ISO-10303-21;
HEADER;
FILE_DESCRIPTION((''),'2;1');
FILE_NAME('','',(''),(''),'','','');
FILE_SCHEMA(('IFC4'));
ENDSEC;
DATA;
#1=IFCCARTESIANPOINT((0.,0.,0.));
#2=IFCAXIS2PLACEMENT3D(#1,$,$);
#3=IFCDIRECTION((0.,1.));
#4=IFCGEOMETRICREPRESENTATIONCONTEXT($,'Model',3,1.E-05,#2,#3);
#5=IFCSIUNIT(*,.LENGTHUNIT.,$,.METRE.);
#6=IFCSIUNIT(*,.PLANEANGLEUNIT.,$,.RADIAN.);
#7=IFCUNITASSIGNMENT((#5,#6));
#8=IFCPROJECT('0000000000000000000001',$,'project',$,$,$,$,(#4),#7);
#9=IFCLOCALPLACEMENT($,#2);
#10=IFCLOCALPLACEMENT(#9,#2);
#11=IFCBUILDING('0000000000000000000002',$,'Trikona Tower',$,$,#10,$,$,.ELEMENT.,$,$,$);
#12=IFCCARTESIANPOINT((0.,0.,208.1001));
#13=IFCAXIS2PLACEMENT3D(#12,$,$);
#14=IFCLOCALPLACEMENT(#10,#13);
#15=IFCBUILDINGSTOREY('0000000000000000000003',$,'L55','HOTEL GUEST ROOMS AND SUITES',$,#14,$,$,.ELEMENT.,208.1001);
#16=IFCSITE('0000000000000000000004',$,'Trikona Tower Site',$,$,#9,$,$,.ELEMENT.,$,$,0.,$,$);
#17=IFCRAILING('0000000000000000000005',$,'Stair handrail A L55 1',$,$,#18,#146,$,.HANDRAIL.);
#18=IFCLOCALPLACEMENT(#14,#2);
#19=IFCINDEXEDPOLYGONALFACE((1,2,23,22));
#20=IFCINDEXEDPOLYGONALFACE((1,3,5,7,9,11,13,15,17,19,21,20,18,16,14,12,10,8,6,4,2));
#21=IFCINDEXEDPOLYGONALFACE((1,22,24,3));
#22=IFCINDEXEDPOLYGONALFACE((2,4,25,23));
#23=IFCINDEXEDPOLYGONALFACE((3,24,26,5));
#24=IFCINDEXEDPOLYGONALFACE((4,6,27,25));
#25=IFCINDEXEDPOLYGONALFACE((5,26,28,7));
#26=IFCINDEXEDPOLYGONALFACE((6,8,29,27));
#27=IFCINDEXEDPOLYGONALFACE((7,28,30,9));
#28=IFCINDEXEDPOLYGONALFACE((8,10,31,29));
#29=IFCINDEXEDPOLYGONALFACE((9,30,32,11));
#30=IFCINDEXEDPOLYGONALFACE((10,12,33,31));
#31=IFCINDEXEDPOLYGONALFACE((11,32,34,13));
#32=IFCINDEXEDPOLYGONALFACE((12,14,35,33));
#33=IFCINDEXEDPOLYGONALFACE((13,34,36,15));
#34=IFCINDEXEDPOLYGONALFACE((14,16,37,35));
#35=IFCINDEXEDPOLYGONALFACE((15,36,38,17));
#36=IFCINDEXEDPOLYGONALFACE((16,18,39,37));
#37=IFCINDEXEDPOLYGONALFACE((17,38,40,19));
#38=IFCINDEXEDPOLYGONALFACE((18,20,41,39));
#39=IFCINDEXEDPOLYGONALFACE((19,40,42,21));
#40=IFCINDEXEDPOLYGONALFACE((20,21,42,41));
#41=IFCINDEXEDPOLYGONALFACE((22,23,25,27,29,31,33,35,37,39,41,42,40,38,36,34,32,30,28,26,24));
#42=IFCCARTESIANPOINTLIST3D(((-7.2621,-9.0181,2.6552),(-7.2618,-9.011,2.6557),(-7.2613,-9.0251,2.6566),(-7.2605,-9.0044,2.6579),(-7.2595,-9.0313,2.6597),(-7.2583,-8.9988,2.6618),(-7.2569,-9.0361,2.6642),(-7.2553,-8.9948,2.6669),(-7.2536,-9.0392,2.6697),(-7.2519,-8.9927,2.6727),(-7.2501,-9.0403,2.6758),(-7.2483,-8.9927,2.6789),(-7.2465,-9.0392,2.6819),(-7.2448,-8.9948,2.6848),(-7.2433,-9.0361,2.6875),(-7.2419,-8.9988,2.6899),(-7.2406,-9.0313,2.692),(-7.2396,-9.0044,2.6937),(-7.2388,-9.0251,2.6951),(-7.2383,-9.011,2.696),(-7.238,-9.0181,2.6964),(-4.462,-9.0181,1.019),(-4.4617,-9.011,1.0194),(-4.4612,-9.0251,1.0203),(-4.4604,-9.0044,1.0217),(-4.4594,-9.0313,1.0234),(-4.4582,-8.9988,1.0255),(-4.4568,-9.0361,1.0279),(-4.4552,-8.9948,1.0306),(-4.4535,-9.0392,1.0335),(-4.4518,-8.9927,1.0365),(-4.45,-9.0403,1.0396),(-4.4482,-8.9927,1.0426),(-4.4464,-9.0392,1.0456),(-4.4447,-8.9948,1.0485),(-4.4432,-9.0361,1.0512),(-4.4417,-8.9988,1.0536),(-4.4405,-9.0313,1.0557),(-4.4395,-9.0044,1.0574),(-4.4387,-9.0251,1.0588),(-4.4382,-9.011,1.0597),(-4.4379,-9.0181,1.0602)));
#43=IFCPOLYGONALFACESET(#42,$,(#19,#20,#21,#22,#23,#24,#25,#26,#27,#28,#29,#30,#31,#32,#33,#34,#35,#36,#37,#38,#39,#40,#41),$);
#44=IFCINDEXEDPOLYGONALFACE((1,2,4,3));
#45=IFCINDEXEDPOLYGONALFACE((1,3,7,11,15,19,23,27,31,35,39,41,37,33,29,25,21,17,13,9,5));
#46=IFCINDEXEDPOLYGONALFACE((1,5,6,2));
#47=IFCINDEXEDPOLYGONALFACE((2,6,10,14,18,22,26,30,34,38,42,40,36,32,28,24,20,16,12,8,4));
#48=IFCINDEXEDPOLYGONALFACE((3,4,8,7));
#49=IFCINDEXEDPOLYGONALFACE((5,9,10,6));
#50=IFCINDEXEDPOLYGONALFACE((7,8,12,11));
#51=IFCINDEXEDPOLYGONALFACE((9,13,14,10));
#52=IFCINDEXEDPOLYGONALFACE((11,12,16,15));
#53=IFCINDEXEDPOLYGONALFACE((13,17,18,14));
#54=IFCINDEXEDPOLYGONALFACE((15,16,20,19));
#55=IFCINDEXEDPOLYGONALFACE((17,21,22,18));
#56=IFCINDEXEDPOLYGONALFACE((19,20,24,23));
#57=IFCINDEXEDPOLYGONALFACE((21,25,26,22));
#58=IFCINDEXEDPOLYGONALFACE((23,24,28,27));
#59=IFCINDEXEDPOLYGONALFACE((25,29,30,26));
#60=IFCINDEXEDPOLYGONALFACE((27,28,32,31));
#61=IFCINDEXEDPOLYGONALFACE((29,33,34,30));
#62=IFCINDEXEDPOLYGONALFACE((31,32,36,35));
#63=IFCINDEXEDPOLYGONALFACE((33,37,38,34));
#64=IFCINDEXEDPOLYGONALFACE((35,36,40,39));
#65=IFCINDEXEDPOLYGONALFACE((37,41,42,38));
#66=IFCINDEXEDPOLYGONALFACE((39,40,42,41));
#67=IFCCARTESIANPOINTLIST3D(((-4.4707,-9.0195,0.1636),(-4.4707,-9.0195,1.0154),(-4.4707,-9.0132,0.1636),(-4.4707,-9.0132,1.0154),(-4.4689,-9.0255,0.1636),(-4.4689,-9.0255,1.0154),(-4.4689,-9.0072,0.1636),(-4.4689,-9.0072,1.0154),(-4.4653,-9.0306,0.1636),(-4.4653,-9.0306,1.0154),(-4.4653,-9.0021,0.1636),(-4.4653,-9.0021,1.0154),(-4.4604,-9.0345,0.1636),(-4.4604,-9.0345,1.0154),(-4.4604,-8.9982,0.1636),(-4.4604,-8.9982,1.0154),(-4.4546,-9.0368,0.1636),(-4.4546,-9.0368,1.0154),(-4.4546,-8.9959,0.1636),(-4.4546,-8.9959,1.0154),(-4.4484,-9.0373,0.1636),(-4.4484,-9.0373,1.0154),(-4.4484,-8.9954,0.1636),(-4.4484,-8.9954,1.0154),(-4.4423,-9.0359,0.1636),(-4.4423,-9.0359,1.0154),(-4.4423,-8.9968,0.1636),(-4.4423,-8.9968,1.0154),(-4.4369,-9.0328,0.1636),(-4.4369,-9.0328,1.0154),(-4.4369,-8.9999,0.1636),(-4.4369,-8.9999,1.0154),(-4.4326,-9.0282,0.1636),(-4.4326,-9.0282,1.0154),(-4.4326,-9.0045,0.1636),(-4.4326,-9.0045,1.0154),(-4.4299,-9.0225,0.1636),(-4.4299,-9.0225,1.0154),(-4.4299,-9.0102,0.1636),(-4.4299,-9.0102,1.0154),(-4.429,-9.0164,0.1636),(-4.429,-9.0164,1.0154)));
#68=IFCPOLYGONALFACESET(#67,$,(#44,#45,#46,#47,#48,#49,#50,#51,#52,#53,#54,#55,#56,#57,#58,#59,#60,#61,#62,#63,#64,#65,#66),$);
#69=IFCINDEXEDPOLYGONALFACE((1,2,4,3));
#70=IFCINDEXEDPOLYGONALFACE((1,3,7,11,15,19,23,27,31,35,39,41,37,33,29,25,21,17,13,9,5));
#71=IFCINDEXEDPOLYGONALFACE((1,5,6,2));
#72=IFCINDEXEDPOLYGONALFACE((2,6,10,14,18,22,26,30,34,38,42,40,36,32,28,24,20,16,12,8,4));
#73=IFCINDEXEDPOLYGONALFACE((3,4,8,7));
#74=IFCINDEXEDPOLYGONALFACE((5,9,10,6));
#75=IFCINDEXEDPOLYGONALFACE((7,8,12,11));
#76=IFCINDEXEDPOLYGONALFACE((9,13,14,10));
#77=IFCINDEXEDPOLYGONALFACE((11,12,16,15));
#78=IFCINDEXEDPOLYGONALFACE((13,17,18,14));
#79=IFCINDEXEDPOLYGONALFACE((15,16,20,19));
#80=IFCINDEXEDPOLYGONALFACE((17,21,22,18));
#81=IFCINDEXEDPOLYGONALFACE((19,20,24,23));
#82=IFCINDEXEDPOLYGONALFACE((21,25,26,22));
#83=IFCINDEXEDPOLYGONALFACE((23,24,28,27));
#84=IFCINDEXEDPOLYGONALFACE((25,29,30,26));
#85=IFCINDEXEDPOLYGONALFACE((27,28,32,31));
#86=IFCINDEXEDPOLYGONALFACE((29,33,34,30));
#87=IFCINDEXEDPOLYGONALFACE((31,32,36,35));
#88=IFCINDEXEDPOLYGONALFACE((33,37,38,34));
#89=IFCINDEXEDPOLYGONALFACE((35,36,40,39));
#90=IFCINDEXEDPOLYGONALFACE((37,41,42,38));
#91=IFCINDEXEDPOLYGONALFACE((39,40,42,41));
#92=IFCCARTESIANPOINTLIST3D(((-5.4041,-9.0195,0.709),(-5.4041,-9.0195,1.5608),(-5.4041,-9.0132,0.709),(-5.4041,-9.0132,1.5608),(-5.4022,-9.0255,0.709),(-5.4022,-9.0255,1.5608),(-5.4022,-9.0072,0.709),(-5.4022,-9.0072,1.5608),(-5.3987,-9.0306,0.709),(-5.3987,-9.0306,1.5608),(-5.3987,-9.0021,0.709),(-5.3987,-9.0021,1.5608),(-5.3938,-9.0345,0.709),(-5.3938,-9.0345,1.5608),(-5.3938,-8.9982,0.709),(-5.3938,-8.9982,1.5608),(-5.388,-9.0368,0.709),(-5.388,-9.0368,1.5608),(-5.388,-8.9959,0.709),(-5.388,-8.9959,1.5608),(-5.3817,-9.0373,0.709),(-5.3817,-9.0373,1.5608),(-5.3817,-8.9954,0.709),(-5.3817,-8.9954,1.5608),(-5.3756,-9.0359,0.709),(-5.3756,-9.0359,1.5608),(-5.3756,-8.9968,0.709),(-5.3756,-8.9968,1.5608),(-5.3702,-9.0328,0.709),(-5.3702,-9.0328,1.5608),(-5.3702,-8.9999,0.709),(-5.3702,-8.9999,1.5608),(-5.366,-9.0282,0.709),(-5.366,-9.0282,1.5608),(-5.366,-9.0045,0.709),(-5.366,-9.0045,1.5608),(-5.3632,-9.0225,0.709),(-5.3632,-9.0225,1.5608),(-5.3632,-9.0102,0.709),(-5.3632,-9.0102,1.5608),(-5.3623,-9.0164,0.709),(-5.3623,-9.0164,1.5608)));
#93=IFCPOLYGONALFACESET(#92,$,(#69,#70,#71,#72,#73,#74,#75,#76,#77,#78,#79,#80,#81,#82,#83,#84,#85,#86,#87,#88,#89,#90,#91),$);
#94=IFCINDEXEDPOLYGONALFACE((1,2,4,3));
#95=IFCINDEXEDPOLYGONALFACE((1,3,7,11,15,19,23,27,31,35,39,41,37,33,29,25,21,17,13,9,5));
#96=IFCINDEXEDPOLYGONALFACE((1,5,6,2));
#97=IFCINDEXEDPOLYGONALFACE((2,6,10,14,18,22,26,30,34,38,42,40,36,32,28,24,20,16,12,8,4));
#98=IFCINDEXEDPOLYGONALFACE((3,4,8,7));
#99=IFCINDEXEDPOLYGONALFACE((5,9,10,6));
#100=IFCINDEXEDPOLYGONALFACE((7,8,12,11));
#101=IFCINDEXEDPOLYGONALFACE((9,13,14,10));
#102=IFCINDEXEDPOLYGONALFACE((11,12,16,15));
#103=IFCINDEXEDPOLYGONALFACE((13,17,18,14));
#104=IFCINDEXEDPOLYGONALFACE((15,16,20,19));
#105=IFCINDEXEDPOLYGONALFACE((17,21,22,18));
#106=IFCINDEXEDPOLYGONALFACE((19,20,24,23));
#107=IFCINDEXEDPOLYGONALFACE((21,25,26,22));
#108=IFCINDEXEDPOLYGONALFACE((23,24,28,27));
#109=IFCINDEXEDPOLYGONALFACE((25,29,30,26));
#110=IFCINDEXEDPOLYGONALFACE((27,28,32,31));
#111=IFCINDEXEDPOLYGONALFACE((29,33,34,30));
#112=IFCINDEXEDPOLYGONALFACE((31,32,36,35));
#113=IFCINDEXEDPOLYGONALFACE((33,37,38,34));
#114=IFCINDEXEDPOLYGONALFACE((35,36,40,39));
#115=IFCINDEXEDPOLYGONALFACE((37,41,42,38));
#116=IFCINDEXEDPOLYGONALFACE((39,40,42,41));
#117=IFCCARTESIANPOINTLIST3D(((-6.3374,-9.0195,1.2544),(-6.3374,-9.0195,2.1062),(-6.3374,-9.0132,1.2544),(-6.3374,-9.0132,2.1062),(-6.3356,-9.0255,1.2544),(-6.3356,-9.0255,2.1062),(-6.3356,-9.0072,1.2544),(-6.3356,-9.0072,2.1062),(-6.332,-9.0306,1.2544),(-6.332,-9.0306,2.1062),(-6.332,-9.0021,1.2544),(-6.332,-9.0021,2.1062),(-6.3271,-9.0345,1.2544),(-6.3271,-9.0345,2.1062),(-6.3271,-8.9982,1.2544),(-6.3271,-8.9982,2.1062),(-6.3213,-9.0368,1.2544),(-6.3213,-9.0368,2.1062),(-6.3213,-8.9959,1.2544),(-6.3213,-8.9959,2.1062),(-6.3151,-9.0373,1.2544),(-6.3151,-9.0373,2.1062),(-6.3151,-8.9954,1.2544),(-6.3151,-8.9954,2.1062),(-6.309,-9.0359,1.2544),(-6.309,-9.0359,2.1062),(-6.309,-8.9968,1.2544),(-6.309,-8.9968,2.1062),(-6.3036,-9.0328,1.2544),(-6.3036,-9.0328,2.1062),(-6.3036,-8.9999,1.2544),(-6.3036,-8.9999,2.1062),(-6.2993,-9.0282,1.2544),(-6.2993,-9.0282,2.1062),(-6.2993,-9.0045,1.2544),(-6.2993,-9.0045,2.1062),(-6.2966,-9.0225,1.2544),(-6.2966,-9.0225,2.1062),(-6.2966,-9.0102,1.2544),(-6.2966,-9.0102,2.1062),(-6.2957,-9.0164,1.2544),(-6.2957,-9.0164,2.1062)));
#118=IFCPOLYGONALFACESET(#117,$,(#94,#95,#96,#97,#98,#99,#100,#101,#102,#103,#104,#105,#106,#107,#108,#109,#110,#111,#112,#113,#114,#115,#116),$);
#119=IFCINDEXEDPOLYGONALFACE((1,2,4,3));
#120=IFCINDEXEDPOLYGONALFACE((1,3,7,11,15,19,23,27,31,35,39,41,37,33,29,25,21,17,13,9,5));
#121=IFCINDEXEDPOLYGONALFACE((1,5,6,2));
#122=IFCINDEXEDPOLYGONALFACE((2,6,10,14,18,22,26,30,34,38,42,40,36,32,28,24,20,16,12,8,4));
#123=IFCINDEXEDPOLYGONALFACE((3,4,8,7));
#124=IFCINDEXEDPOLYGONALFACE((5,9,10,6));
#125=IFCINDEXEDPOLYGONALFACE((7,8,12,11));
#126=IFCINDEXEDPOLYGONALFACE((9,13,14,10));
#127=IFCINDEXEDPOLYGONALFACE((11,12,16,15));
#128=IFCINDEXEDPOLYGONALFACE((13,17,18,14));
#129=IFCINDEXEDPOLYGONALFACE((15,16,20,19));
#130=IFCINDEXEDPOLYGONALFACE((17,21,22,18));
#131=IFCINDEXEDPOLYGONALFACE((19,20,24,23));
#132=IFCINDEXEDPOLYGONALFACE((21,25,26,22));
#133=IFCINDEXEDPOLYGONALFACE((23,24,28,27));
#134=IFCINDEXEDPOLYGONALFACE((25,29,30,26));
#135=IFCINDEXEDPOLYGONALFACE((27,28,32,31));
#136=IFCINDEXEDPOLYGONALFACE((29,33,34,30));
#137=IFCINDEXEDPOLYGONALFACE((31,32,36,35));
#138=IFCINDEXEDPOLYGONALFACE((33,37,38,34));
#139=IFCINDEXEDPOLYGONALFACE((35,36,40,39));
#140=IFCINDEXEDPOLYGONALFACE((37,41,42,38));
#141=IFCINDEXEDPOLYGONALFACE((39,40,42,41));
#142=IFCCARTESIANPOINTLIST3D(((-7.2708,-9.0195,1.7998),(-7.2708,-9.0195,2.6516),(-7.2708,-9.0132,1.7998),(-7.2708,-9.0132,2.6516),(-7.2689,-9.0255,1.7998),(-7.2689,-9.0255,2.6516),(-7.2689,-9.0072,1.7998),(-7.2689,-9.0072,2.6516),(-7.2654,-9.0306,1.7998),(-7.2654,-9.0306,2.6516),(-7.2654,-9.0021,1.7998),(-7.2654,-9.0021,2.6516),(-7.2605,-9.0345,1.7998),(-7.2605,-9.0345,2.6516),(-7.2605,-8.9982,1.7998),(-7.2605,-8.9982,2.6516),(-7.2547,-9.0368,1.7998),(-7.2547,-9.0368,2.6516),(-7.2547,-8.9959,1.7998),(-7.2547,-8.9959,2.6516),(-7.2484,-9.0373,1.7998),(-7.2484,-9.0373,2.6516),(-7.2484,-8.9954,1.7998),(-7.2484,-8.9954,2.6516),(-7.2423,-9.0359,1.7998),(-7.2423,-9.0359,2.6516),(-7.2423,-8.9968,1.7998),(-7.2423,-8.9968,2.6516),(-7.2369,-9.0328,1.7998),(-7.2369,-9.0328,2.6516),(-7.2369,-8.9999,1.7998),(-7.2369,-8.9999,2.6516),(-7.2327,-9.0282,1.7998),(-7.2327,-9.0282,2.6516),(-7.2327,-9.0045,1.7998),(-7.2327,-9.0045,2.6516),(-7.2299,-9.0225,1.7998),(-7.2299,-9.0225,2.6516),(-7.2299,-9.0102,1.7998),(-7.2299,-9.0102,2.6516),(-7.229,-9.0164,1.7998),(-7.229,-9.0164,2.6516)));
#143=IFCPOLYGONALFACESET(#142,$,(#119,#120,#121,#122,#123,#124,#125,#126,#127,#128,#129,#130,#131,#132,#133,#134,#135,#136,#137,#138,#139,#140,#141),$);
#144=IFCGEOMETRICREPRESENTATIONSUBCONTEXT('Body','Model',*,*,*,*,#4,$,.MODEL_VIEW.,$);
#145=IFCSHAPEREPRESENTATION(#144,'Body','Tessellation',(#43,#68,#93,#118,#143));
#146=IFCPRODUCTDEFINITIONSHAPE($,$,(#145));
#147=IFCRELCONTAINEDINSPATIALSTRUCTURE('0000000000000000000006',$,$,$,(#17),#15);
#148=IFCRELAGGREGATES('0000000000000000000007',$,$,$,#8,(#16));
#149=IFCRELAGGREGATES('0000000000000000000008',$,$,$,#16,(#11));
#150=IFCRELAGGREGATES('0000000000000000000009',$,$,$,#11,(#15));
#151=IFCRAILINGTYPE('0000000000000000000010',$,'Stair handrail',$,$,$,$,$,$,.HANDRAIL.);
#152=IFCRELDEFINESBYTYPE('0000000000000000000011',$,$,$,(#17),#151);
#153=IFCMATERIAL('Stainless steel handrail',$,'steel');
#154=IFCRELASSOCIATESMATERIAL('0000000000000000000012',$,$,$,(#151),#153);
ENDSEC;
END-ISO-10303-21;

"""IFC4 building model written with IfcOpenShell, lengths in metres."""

from ifc_helpers import new_model, si_unit, direction, frame, origin, origin_2d, place, context, subcontext, project, spatial, circle, extrude, material, type_object, element, save


model = new_model("IFC4")

# Units and contexts
model_context = context("Model", 3, precision=1e-05, world=origin(), true_north=direction((0.0, 1.0)))
body_context = subcontext(model_context, "Body", "Model", "MODEL_VIEW")
ifc_project = project(units=[si_unit("LENGTHUNIT", "METRE"), si_unit("PLANEANGLEUNIT", "RADIAN")], contexts=[model_context])

# Site, building, storey
site_placement = place(None, origin())
site = spatial("IfcSite", under=ifc_project, at=site_placement, Name="Trikona Tower Site", CompositionType="ELEMENT", RefElevation=0.0)
building_placement = place(site_placement, origin())
building = spatial("IfcBuilding", under=site, at=building_placement, Name="Trikona Tower", CompositionType="ELEMENT")
storey_placement = place(building_placement, frame((0.0, 0.0, 208.1001)))
storey = spatial("IfcBuildingStorey", under=building, at=storey_placement, Name="L55", Description="HOTEL GUEST ROOMS AND SUITES", CompositionType="ELEMENT", Elevation=208.1001)

# Railing
ifc_material_1 = material(Name="Stainless steel handrail", Category="steel")
railing_type = type_object("IfcRailingType", Name="Stair handrail", PredefinedType="HANDRAIL", material=ifc_material_1)
railing_1_placement = place(storey_placement, frame((-4.45, -9.0164, 0.1636)))
element("IfcRailing", 1, at=railing_1_placement, inside=storey, type_object=railing_type, Name="Stair handrail A L55 1", PredefinedType="HANDRAIL", context=body_context, shape_type="SweptSolid", body=[
    extrude(circle(Radius=0.0239, at=origin_2d()), frame((0.0, 0.0, 0.876), z_axis=(-0.863394, 0.0, 0.504531), x_axis=(0.0, -1.0, 0.0)), (0.0, 0.0, 1.0), 3.2432),
    extrude(circle(Radius=0.021, at=origin_2d()), origin(), (0.0, 0.0, 1.0), 0.8518),
    extrude(circle(Radius=0.021, at=origin_2d()), frame((-0.9333, 0.0, 0.5454)), (0.0, 0.0, 1.0), 0.8518),
    extrude(circle(Radius=0.021, at=origin_2d()), frame((-1.8667, 0.0, 1.0908)), (0.0, 0.0, 1.0), 0.8518),
    extrude(circle(Radius=0.021, at=origin_2d()), frame((-2.8, 0.0, 1.6362)), (0.0, 0.0, 1.0), 0.8518),
])

save(model, "model.ifc")
